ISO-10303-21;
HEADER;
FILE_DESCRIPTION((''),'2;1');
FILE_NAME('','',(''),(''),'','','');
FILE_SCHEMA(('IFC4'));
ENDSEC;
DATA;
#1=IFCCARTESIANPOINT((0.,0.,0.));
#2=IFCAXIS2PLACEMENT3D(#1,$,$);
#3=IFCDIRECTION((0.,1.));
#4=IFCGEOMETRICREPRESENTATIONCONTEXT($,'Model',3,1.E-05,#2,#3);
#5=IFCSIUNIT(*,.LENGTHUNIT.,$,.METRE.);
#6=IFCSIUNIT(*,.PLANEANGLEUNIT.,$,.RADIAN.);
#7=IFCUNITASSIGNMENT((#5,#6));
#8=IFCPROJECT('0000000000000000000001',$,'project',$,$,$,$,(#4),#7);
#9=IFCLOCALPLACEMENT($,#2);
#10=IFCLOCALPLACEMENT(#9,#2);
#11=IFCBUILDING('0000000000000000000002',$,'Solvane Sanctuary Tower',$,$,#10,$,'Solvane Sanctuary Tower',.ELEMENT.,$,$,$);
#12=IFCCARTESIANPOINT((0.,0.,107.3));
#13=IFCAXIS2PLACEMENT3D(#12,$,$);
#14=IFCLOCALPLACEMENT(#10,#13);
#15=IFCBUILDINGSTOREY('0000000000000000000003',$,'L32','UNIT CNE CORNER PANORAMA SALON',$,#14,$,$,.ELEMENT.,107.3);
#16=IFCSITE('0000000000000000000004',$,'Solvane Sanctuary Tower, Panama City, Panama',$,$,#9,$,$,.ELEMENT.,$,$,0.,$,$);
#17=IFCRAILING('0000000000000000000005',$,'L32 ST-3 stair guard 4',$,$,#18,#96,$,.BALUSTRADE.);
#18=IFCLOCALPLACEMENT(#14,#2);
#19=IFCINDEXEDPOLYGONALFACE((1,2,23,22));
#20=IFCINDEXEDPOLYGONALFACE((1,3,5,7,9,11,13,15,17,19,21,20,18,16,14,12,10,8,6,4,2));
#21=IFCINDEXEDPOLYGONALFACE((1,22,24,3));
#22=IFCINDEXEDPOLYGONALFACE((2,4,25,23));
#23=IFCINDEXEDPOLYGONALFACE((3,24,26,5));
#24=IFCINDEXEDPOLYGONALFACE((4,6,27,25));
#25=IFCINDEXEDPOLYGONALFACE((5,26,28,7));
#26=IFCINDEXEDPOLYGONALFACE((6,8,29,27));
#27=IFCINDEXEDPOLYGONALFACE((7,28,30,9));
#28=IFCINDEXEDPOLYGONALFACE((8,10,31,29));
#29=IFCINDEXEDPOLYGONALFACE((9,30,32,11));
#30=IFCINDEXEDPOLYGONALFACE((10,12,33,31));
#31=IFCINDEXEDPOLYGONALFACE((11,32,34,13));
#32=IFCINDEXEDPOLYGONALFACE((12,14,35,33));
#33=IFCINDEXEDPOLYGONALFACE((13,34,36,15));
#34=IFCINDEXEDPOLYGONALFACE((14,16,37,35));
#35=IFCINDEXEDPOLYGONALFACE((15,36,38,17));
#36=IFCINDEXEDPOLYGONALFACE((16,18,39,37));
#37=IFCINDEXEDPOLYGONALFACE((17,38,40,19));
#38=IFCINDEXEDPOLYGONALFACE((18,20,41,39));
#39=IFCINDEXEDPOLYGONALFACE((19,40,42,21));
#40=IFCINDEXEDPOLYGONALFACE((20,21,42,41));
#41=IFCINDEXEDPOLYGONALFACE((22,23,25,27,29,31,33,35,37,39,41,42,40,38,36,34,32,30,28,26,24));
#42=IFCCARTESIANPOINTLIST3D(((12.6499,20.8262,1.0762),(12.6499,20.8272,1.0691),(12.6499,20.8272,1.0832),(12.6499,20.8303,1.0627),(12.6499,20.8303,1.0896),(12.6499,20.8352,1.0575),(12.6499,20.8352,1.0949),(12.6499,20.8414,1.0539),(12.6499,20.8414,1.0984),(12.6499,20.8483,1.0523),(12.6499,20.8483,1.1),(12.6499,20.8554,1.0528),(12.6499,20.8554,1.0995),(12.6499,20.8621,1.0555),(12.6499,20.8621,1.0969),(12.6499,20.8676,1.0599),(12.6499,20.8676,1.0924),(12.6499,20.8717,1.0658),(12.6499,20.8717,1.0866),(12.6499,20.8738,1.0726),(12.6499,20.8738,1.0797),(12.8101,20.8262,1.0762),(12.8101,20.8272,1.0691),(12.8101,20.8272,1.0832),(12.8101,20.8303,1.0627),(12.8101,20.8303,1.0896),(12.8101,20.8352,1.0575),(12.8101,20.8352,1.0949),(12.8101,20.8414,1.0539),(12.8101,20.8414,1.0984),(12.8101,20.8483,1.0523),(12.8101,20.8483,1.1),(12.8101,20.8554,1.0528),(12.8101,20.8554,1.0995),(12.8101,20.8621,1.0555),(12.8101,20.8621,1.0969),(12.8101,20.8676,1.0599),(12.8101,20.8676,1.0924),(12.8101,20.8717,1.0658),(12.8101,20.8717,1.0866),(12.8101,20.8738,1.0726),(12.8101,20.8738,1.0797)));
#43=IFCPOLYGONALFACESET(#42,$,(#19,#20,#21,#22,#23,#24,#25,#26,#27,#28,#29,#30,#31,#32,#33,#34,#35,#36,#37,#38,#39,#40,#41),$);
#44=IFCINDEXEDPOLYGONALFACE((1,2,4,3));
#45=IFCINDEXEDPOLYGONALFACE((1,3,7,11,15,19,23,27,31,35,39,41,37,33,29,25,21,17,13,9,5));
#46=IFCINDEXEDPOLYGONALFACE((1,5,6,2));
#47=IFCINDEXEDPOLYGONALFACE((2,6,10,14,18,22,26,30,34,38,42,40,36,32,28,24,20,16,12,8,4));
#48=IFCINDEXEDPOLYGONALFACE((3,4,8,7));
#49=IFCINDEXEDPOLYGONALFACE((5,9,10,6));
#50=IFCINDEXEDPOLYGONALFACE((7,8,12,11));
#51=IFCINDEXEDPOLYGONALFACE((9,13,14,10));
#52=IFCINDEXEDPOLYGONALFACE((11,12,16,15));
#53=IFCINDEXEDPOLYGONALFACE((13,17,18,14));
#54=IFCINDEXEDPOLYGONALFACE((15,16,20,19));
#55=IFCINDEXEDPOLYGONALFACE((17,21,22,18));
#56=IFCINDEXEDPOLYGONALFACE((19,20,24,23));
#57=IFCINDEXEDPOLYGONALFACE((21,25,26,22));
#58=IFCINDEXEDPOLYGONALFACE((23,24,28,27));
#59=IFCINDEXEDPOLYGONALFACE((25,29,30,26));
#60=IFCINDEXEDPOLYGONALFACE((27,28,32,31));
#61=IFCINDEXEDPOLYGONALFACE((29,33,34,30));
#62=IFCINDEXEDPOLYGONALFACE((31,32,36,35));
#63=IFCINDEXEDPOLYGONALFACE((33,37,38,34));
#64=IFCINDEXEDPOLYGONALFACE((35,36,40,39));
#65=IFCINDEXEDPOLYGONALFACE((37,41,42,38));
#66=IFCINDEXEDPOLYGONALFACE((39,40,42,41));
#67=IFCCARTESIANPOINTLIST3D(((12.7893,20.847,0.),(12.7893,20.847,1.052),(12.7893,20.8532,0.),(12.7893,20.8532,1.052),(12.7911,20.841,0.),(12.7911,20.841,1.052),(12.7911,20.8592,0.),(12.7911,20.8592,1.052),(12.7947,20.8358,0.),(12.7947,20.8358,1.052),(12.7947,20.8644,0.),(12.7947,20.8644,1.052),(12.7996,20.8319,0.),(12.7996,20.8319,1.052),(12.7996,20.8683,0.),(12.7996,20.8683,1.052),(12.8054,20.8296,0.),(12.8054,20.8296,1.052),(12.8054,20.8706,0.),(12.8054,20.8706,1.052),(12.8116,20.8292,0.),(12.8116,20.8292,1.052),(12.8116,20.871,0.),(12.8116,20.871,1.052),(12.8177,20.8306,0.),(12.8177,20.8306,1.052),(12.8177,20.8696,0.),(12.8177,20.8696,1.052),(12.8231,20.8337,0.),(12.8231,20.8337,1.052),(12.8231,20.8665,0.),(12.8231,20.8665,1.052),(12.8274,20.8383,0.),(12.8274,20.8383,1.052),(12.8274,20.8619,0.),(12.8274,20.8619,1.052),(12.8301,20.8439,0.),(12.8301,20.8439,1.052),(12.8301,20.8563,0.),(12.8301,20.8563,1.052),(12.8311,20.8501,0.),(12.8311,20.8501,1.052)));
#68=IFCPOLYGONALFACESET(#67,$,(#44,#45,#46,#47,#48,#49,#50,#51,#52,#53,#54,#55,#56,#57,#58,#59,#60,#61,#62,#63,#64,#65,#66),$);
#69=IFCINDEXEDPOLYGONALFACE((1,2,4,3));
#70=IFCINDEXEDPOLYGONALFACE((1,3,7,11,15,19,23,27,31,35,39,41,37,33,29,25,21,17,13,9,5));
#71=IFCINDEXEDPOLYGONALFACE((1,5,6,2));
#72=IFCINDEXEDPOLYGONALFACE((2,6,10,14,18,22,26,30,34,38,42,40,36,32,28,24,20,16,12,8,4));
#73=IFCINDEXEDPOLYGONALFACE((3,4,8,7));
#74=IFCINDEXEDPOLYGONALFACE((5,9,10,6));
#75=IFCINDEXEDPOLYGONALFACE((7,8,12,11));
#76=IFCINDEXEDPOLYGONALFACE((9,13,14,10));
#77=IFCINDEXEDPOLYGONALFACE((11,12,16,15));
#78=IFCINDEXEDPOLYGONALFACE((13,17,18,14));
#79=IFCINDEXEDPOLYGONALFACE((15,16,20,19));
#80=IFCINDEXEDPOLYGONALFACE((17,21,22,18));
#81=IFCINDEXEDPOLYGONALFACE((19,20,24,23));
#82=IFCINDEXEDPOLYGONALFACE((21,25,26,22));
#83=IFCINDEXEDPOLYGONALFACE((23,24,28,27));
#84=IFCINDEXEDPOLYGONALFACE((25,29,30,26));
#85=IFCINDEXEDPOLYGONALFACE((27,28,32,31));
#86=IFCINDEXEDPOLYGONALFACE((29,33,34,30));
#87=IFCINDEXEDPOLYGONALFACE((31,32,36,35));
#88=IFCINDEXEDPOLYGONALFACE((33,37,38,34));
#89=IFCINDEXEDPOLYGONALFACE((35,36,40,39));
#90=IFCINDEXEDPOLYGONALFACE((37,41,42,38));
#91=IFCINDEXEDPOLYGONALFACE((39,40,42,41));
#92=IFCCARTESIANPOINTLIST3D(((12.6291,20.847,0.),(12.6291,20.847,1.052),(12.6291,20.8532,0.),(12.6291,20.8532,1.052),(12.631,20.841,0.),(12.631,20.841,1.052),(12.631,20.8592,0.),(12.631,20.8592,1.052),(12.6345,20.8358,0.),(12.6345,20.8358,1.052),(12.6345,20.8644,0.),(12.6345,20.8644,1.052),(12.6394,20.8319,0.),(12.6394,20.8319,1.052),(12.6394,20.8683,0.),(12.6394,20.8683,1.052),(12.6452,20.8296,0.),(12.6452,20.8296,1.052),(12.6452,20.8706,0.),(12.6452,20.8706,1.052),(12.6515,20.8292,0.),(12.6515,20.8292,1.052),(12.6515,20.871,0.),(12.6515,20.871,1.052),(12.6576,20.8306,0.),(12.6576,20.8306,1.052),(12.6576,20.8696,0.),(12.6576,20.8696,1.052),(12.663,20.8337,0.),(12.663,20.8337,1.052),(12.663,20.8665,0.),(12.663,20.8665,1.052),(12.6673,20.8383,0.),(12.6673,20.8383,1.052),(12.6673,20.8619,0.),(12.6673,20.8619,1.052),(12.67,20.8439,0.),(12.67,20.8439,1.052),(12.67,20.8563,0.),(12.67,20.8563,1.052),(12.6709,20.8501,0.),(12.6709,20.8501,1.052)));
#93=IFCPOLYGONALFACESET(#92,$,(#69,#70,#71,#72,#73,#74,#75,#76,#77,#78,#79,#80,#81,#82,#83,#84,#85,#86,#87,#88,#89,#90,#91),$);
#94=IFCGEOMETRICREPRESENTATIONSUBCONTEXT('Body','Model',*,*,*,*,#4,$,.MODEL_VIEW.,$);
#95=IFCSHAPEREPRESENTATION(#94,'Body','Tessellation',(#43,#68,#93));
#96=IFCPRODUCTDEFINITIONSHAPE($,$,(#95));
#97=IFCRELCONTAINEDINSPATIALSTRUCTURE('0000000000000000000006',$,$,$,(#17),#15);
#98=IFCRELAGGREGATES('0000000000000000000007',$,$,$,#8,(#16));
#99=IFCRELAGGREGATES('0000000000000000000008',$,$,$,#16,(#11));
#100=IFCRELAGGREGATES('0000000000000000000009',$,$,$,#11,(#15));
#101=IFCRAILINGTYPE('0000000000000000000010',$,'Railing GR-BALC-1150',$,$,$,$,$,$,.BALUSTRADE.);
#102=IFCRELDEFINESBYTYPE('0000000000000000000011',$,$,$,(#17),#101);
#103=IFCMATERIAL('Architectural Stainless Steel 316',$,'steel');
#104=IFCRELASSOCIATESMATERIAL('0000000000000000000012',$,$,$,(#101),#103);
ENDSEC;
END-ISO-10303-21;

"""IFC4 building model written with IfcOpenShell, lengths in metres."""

from ifc_helpers import new_model, si_unit, direction, frame, origin, origin_2d, place, context, subcontext, project, spatial, circle, extrude, material, type_object, element, save


model = new_model("IFC4")

# Units and contexts
model_context = context("Model", 3, precision=1e-05, world=origin(), true_north=direction((0.0, 1.0)))
body_context = subcontext(model_context, "Body", "Model", "MODEL_VIEW")
ifc_project = project(units=[si_unit("LENGTHUNIT", "METRE"), si_unit("PLANEANGLEUNIT", "RADIAN")], contexts=[model_context])

# Site, building, storey
site_placement = place(None, origin())
site = spatial("IfcSite", under=ifc_project, at=site_placement, Name="Solvane Sanctuary Tower, Panama City, Panama", CompositionType="ELEMENT", RefElevation=0.0)
building_placement = place(site_placement, origin())
building = spatial("IfcBuilding", under=site, at=building_placement, Name="Solvane Sanctuary Tower", LongName="Solvane Sanctuary Tower", CompositionType="ELEMENT")
storey_placement = place(building_placement, frame((0.0, 0.0, 107.3)))
storey = spatial("IfcBuildingStorey", under=building, at=storey_placement, Name="L32", Description="UNIT CNE CORNER PANORAMA SALON", CompositionType="ELEMENT", Elevation=107.3)

# Railing
ifc_material_1 = material(Name="Architectural Stainless Steel 316", Category="steel")
railing_type_1 = type_object("IfcRailingType", Name="Railing GR-BALC-1150", PredefinedType="BALUSTRADE", material=ifc_material_1)
railing_1_placement = place(storey_placement, frame((12.8101, 20.8501, 0.0)))
element("IfcRailing", 1, at=railing_1_placement, inside=storey, type_object=railing_type_1, Name="L32 ST-3 stair guard 4", PredefinedType="BALUSTRADE", context=body_context, shape_type="SweptSolid", body=[
    extrude(circle(Radius=0.0239, at=origin_2d()), frame((0.0, 0.0, 1.0762), z_axis=(-1.0, 0.0, 0.0), x_axis=(0.0, -1.0, 0.0)), (0.0, 0.0, 1.0), 0.1602),
    extrude(circle(Radius=0.021, at=origin_2d()), origin(), (0.0, 0.0, 1.0), 1.052),
    extrude(circle(Radius=0.021, at=origin_2d()), frame((-0.1602, 0.0, 0.0)), (0.0, 0.0, 1.0), 1.052),
])

save(model, "model.ifc")
